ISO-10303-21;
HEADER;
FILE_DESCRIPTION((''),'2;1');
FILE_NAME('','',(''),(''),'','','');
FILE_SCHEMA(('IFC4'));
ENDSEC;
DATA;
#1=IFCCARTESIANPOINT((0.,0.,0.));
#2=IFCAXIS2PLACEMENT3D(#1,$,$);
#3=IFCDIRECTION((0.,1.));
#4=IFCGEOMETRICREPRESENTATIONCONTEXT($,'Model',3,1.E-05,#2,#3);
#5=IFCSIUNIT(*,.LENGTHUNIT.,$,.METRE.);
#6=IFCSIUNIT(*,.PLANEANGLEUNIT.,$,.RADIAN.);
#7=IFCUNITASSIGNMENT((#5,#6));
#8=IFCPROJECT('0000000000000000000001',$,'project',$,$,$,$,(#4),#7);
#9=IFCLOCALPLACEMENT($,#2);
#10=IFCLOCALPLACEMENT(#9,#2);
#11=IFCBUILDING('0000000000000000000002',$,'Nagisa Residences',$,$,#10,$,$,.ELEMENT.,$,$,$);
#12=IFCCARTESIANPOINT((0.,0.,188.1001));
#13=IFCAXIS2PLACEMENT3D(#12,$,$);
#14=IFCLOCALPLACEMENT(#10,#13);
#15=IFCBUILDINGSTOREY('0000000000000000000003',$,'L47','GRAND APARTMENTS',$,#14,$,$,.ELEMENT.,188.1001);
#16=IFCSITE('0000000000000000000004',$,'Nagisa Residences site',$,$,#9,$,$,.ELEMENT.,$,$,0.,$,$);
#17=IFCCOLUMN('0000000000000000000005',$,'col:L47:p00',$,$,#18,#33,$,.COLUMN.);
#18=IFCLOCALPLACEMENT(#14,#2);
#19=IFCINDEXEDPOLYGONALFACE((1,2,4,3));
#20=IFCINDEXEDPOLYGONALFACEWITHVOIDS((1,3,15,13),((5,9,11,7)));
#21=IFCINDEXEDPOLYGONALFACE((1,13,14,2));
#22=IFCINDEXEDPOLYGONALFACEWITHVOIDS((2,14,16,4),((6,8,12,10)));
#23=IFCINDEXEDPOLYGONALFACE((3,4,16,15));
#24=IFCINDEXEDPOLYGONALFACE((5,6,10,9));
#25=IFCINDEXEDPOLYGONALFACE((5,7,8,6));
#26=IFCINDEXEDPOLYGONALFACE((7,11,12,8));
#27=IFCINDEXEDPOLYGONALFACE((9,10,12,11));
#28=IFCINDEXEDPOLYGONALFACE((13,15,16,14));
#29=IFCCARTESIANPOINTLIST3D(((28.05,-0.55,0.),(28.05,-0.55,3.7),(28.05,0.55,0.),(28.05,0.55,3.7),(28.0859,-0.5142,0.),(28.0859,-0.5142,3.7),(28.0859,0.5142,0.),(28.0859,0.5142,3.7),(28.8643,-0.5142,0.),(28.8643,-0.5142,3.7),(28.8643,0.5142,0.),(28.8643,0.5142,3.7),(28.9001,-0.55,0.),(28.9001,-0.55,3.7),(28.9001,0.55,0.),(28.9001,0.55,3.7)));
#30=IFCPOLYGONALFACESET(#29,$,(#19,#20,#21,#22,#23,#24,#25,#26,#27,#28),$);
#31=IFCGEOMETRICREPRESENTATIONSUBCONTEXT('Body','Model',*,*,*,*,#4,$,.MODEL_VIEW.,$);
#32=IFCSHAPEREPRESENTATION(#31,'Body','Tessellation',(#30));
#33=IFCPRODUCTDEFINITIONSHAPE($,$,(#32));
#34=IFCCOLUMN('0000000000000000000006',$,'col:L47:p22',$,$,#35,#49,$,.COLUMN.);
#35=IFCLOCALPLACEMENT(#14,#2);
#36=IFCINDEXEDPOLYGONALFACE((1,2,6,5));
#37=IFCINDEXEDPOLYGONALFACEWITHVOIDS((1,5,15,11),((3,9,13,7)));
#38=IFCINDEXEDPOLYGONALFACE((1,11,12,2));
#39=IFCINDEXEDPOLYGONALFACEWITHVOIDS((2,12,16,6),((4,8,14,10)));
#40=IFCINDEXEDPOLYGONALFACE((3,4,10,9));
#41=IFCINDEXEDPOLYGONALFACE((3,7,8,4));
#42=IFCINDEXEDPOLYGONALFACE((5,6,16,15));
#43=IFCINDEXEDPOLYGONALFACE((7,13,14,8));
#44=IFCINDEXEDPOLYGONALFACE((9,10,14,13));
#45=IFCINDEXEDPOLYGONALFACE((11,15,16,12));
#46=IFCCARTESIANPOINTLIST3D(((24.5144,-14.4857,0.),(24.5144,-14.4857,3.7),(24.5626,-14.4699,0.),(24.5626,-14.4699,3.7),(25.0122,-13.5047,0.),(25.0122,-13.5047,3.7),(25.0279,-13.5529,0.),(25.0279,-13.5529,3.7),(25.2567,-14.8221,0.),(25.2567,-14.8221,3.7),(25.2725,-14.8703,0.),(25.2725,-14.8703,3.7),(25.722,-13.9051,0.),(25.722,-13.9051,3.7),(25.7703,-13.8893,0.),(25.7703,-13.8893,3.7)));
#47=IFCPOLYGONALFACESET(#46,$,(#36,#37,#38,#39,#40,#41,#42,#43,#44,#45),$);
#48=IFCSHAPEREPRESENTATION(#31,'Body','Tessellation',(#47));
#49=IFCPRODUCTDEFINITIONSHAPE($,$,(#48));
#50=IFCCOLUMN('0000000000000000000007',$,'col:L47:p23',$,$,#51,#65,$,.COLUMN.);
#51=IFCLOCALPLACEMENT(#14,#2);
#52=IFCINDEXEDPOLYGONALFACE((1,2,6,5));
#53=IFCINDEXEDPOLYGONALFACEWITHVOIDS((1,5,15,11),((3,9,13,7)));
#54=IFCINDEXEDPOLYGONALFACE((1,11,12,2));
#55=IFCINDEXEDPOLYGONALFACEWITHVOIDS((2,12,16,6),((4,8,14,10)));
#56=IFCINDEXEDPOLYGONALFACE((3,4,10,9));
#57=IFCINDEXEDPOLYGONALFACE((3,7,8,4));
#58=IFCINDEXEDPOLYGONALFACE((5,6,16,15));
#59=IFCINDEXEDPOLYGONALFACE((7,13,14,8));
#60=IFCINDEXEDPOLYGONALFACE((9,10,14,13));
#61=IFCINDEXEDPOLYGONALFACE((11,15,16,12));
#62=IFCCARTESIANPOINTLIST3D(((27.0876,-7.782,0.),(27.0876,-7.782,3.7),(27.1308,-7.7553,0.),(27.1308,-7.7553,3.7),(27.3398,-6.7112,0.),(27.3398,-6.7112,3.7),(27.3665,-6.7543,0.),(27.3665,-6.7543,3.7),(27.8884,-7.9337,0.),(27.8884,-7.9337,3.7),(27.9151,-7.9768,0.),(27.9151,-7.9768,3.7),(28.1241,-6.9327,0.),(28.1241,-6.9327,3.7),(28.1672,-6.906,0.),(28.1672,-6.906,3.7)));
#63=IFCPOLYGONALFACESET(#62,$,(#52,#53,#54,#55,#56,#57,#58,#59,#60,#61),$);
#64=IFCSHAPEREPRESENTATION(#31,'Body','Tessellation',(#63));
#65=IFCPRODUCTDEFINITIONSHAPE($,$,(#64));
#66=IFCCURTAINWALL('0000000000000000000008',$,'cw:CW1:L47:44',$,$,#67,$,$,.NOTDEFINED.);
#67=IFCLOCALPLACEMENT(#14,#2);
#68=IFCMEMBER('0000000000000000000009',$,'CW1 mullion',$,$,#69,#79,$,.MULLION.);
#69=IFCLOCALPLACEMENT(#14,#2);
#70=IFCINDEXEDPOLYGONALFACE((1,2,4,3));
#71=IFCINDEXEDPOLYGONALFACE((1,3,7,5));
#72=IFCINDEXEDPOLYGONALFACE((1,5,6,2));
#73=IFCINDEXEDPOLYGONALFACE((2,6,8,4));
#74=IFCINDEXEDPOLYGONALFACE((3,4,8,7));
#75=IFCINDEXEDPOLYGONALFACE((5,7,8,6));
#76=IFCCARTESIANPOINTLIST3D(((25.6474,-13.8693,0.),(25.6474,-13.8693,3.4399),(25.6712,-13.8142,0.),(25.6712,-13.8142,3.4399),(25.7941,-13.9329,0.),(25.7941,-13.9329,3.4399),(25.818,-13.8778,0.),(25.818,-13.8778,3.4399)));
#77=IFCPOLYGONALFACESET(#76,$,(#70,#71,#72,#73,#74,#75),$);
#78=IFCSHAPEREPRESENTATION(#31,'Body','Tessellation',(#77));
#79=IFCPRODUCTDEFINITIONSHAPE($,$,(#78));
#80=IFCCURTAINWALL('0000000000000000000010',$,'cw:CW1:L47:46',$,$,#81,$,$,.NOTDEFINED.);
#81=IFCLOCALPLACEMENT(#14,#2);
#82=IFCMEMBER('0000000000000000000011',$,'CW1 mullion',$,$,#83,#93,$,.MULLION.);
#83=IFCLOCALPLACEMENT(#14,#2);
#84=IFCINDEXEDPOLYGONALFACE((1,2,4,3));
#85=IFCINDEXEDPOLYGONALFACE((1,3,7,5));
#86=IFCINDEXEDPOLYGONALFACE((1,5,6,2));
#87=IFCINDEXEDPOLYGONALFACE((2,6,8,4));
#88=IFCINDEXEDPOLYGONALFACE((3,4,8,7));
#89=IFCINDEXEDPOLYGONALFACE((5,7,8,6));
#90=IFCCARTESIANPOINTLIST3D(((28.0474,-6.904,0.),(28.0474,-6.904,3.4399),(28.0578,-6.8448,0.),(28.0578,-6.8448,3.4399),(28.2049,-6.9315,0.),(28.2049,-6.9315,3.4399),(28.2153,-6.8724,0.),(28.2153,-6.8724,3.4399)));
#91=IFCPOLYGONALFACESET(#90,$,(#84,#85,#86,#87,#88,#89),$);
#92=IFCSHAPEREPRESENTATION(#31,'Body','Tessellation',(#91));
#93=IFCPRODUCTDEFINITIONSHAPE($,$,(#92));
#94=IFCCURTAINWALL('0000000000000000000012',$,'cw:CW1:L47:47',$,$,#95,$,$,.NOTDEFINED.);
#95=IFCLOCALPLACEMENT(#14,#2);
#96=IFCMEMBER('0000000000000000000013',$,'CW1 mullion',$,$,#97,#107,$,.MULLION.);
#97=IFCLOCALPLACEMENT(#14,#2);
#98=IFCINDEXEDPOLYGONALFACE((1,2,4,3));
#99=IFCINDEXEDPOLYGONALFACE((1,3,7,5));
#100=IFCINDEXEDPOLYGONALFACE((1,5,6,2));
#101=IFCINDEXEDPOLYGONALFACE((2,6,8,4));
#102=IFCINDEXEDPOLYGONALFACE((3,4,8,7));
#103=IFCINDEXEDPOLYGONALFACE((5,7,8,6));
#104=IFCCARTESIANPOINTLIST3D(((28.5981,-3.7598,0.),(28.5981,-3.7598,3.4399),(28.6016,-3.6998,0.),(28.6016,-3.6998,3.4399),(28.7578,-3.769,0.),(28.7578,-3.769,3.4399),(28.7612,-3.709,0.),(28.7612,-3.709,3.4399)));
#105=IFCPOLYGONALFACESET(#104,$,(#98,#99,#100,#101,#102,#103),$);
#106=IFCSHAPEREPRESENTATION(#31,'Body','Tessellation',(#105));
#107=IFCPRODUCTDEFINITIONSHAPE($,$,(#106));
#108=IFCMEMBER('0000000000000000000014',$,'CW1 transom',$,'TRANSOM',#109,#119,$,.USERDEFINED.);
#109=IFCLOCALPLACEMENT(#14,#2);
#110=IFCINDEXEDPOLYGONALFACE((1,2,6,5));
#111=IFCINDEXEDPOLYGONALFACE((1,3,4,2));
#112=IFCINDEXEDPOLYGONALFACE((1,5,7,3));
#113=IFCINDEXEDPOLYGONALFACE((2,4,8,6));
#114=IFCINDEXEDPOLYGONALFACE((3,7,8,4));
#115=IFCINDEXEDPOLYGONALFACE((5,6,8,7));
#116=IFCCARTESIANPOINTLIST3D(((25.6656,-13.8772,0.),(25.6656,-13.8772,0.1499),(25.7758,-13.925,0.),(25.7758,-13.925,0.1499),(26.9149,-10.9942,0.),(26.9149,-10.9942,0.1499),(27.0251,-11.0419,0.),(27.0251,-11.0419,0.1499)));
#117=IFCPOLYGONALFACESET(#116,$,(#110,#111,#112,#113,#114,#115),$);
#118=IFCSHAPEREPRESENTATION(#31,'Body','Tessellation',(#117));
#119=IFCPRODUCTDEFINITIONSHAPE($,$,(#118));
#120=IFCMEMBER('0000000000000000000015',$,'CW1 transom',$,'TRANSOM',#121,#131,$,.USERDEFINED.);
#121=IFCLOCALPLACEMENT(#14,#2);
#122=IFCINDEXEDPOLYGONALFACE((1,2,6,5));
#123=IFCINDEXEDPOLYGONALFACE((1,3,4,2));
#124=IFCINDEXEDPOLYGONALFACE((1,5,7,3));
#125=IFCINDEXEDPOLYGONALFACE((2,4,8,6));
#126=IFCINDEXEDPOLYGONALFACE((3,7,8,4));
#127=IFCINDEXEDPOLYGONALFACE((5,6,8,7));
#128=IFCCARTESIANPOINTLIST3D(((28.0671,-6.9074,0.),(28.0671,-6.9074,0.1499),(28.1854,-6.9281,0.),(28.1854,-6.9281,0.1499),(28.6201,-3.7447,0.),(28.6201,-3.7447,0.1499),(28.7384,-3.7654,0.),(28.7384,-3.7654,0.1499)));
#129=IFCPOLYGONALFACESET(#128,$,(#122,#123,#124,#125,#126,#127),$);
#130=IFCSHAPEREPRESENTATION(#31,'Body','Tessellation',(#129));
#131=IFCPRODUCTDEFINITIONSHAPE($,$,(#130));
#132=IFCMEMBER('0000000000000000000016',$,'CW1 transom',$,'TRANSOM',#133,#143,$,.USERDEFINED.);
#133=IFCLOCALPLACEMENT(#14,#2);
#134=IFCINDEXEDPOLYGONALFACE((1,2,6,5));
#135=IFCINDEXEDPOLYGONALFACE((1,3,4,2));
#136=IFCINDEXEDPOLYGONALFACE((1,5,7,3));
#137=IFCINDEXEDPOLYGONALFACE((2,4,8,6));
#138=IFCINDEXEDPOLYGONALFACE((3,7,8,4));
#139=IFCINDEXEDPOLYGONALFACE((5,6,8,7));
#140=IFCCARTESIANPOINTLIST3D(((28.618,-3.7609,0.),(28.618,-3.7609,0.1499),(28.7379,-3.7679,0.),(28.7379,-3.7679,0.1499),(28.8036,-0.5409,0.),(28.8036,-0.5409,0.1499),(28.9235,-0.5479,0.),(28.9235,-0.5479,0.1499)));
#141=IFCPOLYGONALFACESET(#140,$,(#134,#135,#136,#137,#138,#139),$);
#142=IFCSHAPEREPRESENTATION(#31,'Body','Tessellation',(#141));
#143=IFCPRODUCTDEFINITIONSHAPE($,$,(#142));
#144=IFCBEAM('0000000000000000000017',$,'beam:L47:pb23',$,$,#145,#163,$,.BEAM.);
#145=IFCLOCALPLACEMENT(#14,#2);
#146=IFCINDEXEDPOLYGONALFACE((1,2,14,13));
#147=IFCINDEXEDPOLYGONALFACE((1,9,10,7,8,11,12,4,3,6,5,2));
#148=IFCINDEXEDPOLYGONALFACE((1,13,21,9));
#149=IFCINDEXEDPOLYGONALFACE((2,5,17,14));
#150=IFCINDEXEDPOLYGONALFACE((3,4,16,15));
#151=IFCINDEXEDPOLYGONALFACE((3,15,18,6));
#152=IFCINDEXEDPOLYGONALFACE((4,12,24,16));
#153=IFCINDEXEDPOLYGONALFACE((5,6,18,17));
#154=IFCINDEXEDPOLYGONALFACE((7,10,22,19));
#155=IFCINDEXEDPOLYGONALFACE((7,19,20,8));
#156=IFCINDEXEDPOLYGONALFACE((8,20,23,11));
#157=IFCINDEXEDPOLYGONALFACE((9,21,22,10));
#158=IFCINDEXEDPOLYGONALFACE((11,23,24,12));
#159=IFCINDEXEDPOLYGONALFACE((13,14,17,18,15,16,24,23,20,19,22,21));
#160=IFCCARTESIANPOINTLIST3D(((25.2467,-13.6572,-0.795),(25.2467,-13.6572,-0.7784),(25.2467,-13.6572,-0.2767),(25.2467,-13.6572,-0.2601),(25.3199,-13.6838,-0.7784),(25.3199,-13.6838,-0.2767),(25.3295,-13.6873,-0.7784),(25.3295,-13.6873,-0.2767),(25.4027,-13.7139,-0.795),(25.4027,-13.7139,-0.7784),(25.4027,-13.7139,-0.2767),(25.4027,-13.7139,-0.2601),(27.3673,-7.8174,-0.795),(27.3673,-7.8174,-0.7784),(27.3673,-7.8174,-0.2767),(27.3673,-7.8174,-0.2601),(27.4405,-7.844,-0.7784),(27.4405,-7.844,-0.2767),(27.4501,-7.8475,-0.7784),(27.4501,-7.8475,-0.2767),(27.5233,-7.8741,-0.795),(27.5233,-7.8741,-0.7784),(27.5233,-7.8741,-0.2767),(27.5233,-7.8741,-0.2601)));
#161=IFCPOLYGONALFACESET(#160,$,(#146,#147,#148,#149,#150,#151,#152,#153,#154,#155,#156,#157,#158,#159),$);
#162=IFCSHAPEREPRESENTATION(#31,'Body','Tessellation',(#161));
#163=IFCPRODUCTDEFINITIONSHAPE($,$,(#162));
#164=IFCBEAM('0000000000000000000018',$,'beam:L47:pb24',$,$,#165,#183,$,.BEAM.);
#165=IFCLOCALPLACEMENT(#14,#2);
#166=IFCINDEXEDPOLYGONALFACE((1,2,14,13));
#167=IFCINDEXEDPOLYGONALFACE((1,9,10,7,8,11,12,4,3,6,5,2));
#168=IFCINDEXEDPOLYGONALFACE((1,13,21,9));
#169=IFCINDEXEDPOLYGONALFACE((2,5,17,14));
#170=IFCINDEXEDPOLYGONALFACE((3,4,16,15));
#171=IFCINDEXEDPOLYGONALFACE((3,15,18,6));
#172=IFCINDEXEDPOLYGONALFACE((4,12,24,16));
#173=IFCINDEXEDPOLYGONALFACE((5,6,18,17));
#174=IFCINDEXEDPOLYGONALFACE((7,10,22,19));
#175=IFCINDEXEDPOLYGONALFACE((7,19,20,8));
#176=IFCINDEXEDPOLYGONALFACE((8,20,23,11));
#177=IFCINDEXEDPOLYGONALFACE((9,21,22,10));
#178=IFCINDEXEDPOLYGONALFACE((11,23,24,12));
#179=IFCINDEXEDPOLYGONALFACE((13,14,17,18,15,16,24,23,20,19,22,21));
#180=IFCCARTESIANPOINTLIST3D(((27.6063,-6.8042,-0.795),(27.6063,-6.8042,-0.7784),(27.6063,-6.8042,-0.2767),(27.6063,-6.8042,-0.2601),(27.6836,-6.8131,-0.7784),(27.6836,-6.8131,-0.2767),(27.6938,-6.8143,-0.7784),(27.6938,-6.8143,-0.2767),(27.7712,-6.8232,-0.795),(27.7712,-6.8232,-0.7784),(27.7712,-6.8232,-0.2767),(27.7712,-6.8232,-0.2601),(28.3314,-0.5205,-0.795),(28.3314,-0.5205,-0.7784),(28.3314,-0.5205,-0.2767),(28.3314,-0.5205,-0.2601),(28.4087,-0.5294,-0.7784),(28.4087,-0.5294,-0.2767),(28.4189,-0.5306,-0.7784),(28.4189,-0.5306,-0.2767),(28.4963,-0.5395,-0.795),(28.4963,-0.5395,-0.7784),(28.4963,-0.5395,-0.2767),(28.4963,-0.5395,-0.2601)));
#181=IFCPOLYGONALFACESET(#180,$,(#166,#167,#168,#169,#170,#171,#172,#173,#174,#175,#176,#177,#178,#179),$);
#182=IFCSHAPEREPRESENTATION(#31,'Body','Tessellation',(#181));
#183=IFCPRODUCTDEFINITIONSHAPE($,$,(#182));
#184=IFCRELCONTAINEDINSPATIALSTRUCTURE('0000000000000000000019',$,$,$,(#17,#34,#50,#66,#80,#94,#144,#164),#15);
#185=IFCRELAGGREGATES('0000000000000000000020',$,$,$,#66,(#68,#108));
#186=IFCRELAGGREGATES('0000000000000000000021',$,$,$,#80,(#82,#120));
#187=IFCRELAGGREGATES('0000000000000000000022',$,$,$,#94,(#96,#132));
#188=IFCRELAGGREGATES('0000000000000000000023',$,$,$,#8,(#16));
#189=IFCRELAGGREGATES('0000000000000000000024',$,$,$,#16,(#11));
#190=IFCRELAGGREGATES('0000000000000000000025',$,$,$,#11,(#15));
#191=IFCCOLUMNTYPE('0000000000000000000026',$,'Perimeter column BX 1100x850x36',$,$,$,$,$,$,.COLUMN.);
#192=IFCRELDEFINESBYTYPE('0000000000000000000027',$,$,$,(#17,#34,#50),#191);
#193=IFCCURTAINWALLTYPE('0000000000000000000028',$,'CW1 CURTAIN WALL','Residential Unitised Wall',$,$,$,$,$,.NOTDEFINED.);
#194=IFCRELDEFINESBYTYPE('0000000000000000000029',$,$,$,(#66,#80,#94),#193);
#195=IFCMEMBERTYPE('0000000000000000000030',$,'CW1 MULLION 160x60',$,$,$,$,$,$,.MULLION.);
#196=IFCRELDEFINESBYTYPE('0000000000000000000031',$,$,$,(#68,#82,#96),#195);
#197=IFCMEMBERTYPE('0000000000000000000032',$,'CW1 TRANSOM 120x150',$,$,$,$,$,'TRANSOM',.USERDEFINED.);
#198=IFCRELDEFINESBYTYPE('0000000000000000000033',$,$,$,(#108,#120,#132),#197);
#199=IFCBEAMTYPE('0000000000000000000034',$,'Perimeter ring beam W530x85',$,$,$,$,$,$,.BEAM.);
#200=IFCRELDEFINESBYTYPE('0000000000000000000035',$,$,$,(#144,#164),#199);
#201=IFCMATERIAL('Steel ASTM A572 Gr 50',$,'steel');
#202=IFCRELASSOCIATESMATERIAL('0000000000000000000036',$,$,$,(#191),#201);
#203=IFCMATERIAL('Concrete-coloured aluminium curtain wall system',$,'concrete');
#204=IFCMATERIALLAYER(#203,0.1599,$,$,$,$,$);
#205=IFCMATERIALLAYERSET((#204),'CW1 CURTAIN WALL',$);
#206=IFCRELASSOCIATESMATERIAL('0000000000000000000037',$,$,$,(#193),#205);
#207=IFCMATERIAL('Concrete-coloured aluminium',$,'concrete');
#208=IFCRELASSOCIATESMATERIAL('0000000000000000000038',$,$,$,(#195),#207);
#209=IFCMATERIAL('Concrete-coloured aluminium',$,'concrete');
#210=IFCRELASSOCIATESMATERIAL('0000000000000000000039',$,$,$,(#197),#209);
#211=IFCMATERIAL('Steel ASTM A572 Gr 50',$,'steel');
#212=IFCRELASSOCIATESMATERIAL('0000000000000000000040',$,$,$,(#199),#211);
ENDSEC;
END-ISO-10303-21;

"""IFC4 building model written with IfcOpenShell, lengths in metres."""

from ifc_helpers import new_model, si_unit, direction, frame, origin, origin_2d, place, context, subcontext, project, spatial, rectangle, hollow_rectangle, i_section, extrude, material, layer, layer_set, material_profile, profile_set, type_object, element, aggregate, save


model = new_model("IFC4")

# Units and contexts
model_context = context("Model", 3, precision=1e-05, world=origin(), true_north=direction((0.0, 1.0)))
body_context = subcontext(model_context, "Body", "Model", "MODEL_VIEW")
ifc_project = project(units=[si_unit("LENGTHUNIT", "METRE"), si_unit("PLANEANGLEUNIT", "RADIAN")], contexts=[model_context])

# Site, building, storey
site_placement = place(None, origin())
site = spatial("IfcSite", under=ifc_project, at=site_placement, Name="Nagisa Residences site", CompositionType="ELEMENT", RefElevation=0.0)
building_placement = place(site_placement, origin())
building = spatial("IfcBuilding", under=site, at=building_placement, Name="Nagisa Residences", CompositionType="ELEMENT")
storey_placement = place(building_placement, frame((0.0, 0.0, 188.1001)))
storey = spatial("IfcBuildingStorey", under=building, at=storey_placement, Name="L47", Description="GRAND APARTMENTS", CompositionType="ELEMENT", Elevation=188.1001)

# Columns
ifc_material_1 = material(Name="Steel ASTM A572 Gr 50", Category="steel")
ifc_material_profile_1 = material_profile(ifc_material_1, hollow_rectangle(XDim=1.1001, YDim=0.8501, WallThickness=0.0359, at=origin_2d()), Name="BX 1100x850x36")
ifc_profile_set_1 = profile_set([ifc_material_profile_1], Name="Steel ASTM A572 Gr 50")
column_type = type_object("IfcColumnType", Name="Perimeter column BX 1100x850x36", PredefinedType="COLUMN", material=ifc_profile_set_1)
for number, where, z_axis, x_axis, name in (
    (1, (28.4751, 0.0, 0.0), (0.0, 0.0, 1.0), (0.0, 1.0, 0.0), "col:L47:p00"),
    (2, (25.1423, -14.1875, 0.0), (0.0, 0.0, 1.0), (0.452463, 0.891783, 0.0), "col:L47:p22"),
    (3, (27.6274, -7.344, 0.0), (0.0, 0.0, 1.0), (0.229202, 0.973379, 0.0), "col:L47:p23"),
):
    element("IfcColumn", number, at=place(storey_placement, frame(where, z_axis=z_axis, x_axis=x_axis)), inside=storey, type_object=column_type, Name=name, PredefinedType="COLUMN", context=body_context, shape_type="SweptSolid", body=[
        extrude(hollow_rectangle(XDim=1.1001, YDim=0.8501, WallThickness=0.0359, at=origin_2d()), origin(), (0.0, 0.0, 1.0), 3.7),
    ])

# Curtain walls, members
ifc_material_2 = material(Name="Concrete-coloured aluminium curtain wall system", Category="concrete")
ifc_layer_1 = layer(ifc_material_2, 0.1599)
ifc_layer_set_1 = layer_set([ifc_layer_1], Name="CW1 CURTAIN WALL")
curtain_wall_type = type_object("IfcCurtainWallType", Name="CW1 CURTAIN WALL", Description="Residential Unitised Wall", PredefinedType="NOTDEFINED", material=ifc_layer_set_1)
curtain_wall_1_placement = place(storey_placement, origin())
curtain_wall_1 = element("IfcCurtainWall", 4, at=curtain_wall_1_placement, inside=storey, type_object=curtain_wall_type, Name="cw:CW1:L47:44", PredefinedType="NOTDEFINED")
ifc_material_3 = material(Name="Concrete-coloured aluminium", Category="concrete")
ifc_material_profile_2 = material_profile(ifc_material_3, rectangle(XDim=0.1599, YDim=0.0601, at=origin_2d()), Name="CW1 MULLION 160x60")
ifc_profile_set_2 = profile_set([ifc_material_profile_2], Name="Concrete-coloured aluminium")
member_type_1 = type_object("IfcMemberType", Name="CW1 MULLION 160x60", PredefinedType="MULLION", material=ifc_profile_set_2)
member_1_placement = place(storey_placement, frame((25.7327, -13.8735, 0.0), z_axis=(0.0, 0.0, 1.0), x_axis=(-0.917543, 0.397636, 0.0)))
member_1 = element("IfcMember", 5, at=member_1_placement, type_object=member_type_1, Name="CW1 mullion", PredefinedType="MULLION", context=body_context, shape_type="SweptSolid", body=[
    extrude(rectangle(XDim=0.1599, YDim=0.0601, at=origin_2d()), origin(), (0.0, 0.0, 1.0), 3.4399),
])
curtain_wall_2_placement = place(storey_placement, origin())
curtain_wall_2 = element("IfcCurtainWall", 6, at=curtain_wall_2_placement, inside=storey, type_object=curtain_wall_type, Name="cw:CW1:L47:46", PredefinedType="NOTDEFINED")
member_2_placement = place(storey_placement, frame((28.1313, -6.8882, 0.0), z_axis=(0.0, 0.0, 1.0), x_axis=(-0.985064, 0.172191, 0.0)))
member_2 = element("IfcMember", 7, at=member_2_placement, type_object=member_type_1, Name="CW1 mullion", PredefinedType="MULLION", context=body_context, shape_type="SweptSolid", body=[
    extrude(rectangle(XDim=0.1599, YDim=0.0601, at=origin_2d()), origin(), (0.0, 0.0, 1.0), 3.4399),
])
curtain_wall_3_placement = place(storey_placement, origin())
curtain_wall_3 = element("IfcCurtainWall", 8, at=curtain_wall_3_placement, inside=storey, type_object=curtain_wall_type, Name="cw:CW1:L47:47", PredefinedType="NOTDEFINED")
member_3_placement = place(storey_placement, frame((28.6797, -3.7344, 0.0), z_axis=(0.0, 0.0, 1.0), x_axis=(-0.998345, 0.057503, 0.0)))
member_3 = element("IfcMember", 9, at=member_3_placement, type_object=member_type_1, Name="CW1 mullion", PredefinedType="MULLION", context=body_context, shape_type="SweptSolid", body=[
    extrude(rectangle(XDim=0.1599, YDim=0.0601, at=origin_2d()), origin(), (0.0, 0.0, 1.0), 3.4399),
])

# Members
ifc_material_4 = material(Name="Concrete-coloured aluminium", Category="concrete")
ifc_material_profile_3 = material_profile(ifc_material_4, rectangle(XDim=0.1201, YDim=0.1499, at=origin_2d()), Name="CW1 TRANSOM 120x150")
ifc_profile_set_3 = profile_set([ifc_material_profile_3], Name="Concrete-coloured aluminium")
member_type_2 = type_object("IfcMemberType", Name="CW1 TRANSOM 120x150", ElementType="TRANSOM", PredefinedType="USERDEFINED", material=ifc_profile_set_3)
member_4_placement = place(storey_placement, frame((25.7207, -13.9011, 0.075), z_axis=(0.397592, 0.917562, 0.0), x_axis=(-0.917562, 0.397592, 0.0)))
member_4 = element("IfcMember", 10, at=member_4_placement, type_object=member_type_2, Name="CW1 transom", ObjectType="TRANSOM", PredefinedType="USERDEFINED", context=body_context, shape_type="SweptSolid", body=[
    extrude(rectangle(XDim=0.1201, YDim=0.1499, at=origin_2d()), origin(), (0.0, 0.0, 1.0), 3.1421),
])
member_5_placement = place(storey_placement, frame((28.1262, -6.9177, 0.075), z_axis=(0.172236, 0.985056, 0.0), x_axis=(-0.985056, 0.172236, 0.0)))
member_5 = element("IfcMember", 11, at=member_5_placement, type_object=member_type_2, Name="CW1 transom", ObjectType="TRANSOM", PredefinedType="USERDEFINED", context=body_context, shape_type="SweptSolid", body=[
    extrude(rectangle(XDim=0.1201, YDim=0.1499, at=origin_2d()), origin(), (0.0, 0.0, 1.0), 3.2107),
])
member_6_placement = place(storey_placement, frame((28.678, -3.7644, 0.075), z_axis=(0.057528, 0.998344, 0.0), x_axis=(-0.998344, 0.057528, 0.0)))
member_6 = element("IfcMember", 12, at=member_6_placement, type_object=member_type_2, Name="CW1 transom", ObjectType="TRANSOM", PredefinedType="USERDEFINED", context=body_context, shape_type="SweptSolid", body=[
    extrude(rectangle(XDim=0.1201, YDim=0.1499, at=origin_2d()), origin(), (0.0, 0.0, 1.0), 3.2253),
])

# Beams
ifc_material_5 = material(Name="Steel ASTM A572 Gr 50", Category="steel")
ifc_material_profile_4 = material_profile(ifc_material_5, i_section(OverallWidth=0.166, OverallDepth=0.5349, WebThickness=0.0103, FlangeThickness=0.0166, at=origin_2d()), Name="W530x85")
ifc_profile_set_4 = profile_set([ifc_material_profile_4], Name="Steel ASTM A572 Gr 50")
beam_type_1 = type_object("IfcBeamType", Name="Perimeter ring beam W530x85", PredefinedType="BEAM", material=ifc_profile_set_4)
beam_1_placement = place(storey_placement, frame((25.3247, -13.6855, -0.5276), z_axis=(0.34132, 0.939947, 0.0), x_axis=(-0.939947, 0.34132, 0.0)))
element("IfcBeam", 13, at=beam_1_placement, inside=storey, type_object=beam_type_1, Name="beam:L47:pb23", PredefinedType="BEAM", context=body_context, shape_type="SweptSolid", body=[
    extrude(i_section(OverallWidth=0.166, OverallDepth=0.5349, WebThickness=0.0103, FlangeThickness=0.0166, at=origin_2d()), origin(), (0.0, 0.0, 1.0), 6.2129),
])
beam_2_placement = place(storey_placement, frame((27.6887, -6.8137, -0.5276), z_axis=(0.114633, 0.993408, 0.0), x_axis=(-0.993408, 0.114633, 0.0)))
element("IfcBeam", 14, at=beam_2_placement, inside=storey, type_object=beam_type_1, Name="beam:L47:pb24", PredefinedType="BEAM", context=body_context, shape_type="SweptSolid", body=[
    extrude(i_section(OverallWidth=0.166, OverallDepth=0.5349, WebThickness=0.0103, FlangeThickness=0.0166, at=origin_2d()), origin(), (0.0, 0.0, 1.0), 6.3254),
])

aggregate(curtain_wall_1, [member_1, member_4])
aggregate(curtain_wall_2, [member_2, member_5])
aggregate(curtain_wall_3, [member_3, member_6])

save(model, "model.ifc")
